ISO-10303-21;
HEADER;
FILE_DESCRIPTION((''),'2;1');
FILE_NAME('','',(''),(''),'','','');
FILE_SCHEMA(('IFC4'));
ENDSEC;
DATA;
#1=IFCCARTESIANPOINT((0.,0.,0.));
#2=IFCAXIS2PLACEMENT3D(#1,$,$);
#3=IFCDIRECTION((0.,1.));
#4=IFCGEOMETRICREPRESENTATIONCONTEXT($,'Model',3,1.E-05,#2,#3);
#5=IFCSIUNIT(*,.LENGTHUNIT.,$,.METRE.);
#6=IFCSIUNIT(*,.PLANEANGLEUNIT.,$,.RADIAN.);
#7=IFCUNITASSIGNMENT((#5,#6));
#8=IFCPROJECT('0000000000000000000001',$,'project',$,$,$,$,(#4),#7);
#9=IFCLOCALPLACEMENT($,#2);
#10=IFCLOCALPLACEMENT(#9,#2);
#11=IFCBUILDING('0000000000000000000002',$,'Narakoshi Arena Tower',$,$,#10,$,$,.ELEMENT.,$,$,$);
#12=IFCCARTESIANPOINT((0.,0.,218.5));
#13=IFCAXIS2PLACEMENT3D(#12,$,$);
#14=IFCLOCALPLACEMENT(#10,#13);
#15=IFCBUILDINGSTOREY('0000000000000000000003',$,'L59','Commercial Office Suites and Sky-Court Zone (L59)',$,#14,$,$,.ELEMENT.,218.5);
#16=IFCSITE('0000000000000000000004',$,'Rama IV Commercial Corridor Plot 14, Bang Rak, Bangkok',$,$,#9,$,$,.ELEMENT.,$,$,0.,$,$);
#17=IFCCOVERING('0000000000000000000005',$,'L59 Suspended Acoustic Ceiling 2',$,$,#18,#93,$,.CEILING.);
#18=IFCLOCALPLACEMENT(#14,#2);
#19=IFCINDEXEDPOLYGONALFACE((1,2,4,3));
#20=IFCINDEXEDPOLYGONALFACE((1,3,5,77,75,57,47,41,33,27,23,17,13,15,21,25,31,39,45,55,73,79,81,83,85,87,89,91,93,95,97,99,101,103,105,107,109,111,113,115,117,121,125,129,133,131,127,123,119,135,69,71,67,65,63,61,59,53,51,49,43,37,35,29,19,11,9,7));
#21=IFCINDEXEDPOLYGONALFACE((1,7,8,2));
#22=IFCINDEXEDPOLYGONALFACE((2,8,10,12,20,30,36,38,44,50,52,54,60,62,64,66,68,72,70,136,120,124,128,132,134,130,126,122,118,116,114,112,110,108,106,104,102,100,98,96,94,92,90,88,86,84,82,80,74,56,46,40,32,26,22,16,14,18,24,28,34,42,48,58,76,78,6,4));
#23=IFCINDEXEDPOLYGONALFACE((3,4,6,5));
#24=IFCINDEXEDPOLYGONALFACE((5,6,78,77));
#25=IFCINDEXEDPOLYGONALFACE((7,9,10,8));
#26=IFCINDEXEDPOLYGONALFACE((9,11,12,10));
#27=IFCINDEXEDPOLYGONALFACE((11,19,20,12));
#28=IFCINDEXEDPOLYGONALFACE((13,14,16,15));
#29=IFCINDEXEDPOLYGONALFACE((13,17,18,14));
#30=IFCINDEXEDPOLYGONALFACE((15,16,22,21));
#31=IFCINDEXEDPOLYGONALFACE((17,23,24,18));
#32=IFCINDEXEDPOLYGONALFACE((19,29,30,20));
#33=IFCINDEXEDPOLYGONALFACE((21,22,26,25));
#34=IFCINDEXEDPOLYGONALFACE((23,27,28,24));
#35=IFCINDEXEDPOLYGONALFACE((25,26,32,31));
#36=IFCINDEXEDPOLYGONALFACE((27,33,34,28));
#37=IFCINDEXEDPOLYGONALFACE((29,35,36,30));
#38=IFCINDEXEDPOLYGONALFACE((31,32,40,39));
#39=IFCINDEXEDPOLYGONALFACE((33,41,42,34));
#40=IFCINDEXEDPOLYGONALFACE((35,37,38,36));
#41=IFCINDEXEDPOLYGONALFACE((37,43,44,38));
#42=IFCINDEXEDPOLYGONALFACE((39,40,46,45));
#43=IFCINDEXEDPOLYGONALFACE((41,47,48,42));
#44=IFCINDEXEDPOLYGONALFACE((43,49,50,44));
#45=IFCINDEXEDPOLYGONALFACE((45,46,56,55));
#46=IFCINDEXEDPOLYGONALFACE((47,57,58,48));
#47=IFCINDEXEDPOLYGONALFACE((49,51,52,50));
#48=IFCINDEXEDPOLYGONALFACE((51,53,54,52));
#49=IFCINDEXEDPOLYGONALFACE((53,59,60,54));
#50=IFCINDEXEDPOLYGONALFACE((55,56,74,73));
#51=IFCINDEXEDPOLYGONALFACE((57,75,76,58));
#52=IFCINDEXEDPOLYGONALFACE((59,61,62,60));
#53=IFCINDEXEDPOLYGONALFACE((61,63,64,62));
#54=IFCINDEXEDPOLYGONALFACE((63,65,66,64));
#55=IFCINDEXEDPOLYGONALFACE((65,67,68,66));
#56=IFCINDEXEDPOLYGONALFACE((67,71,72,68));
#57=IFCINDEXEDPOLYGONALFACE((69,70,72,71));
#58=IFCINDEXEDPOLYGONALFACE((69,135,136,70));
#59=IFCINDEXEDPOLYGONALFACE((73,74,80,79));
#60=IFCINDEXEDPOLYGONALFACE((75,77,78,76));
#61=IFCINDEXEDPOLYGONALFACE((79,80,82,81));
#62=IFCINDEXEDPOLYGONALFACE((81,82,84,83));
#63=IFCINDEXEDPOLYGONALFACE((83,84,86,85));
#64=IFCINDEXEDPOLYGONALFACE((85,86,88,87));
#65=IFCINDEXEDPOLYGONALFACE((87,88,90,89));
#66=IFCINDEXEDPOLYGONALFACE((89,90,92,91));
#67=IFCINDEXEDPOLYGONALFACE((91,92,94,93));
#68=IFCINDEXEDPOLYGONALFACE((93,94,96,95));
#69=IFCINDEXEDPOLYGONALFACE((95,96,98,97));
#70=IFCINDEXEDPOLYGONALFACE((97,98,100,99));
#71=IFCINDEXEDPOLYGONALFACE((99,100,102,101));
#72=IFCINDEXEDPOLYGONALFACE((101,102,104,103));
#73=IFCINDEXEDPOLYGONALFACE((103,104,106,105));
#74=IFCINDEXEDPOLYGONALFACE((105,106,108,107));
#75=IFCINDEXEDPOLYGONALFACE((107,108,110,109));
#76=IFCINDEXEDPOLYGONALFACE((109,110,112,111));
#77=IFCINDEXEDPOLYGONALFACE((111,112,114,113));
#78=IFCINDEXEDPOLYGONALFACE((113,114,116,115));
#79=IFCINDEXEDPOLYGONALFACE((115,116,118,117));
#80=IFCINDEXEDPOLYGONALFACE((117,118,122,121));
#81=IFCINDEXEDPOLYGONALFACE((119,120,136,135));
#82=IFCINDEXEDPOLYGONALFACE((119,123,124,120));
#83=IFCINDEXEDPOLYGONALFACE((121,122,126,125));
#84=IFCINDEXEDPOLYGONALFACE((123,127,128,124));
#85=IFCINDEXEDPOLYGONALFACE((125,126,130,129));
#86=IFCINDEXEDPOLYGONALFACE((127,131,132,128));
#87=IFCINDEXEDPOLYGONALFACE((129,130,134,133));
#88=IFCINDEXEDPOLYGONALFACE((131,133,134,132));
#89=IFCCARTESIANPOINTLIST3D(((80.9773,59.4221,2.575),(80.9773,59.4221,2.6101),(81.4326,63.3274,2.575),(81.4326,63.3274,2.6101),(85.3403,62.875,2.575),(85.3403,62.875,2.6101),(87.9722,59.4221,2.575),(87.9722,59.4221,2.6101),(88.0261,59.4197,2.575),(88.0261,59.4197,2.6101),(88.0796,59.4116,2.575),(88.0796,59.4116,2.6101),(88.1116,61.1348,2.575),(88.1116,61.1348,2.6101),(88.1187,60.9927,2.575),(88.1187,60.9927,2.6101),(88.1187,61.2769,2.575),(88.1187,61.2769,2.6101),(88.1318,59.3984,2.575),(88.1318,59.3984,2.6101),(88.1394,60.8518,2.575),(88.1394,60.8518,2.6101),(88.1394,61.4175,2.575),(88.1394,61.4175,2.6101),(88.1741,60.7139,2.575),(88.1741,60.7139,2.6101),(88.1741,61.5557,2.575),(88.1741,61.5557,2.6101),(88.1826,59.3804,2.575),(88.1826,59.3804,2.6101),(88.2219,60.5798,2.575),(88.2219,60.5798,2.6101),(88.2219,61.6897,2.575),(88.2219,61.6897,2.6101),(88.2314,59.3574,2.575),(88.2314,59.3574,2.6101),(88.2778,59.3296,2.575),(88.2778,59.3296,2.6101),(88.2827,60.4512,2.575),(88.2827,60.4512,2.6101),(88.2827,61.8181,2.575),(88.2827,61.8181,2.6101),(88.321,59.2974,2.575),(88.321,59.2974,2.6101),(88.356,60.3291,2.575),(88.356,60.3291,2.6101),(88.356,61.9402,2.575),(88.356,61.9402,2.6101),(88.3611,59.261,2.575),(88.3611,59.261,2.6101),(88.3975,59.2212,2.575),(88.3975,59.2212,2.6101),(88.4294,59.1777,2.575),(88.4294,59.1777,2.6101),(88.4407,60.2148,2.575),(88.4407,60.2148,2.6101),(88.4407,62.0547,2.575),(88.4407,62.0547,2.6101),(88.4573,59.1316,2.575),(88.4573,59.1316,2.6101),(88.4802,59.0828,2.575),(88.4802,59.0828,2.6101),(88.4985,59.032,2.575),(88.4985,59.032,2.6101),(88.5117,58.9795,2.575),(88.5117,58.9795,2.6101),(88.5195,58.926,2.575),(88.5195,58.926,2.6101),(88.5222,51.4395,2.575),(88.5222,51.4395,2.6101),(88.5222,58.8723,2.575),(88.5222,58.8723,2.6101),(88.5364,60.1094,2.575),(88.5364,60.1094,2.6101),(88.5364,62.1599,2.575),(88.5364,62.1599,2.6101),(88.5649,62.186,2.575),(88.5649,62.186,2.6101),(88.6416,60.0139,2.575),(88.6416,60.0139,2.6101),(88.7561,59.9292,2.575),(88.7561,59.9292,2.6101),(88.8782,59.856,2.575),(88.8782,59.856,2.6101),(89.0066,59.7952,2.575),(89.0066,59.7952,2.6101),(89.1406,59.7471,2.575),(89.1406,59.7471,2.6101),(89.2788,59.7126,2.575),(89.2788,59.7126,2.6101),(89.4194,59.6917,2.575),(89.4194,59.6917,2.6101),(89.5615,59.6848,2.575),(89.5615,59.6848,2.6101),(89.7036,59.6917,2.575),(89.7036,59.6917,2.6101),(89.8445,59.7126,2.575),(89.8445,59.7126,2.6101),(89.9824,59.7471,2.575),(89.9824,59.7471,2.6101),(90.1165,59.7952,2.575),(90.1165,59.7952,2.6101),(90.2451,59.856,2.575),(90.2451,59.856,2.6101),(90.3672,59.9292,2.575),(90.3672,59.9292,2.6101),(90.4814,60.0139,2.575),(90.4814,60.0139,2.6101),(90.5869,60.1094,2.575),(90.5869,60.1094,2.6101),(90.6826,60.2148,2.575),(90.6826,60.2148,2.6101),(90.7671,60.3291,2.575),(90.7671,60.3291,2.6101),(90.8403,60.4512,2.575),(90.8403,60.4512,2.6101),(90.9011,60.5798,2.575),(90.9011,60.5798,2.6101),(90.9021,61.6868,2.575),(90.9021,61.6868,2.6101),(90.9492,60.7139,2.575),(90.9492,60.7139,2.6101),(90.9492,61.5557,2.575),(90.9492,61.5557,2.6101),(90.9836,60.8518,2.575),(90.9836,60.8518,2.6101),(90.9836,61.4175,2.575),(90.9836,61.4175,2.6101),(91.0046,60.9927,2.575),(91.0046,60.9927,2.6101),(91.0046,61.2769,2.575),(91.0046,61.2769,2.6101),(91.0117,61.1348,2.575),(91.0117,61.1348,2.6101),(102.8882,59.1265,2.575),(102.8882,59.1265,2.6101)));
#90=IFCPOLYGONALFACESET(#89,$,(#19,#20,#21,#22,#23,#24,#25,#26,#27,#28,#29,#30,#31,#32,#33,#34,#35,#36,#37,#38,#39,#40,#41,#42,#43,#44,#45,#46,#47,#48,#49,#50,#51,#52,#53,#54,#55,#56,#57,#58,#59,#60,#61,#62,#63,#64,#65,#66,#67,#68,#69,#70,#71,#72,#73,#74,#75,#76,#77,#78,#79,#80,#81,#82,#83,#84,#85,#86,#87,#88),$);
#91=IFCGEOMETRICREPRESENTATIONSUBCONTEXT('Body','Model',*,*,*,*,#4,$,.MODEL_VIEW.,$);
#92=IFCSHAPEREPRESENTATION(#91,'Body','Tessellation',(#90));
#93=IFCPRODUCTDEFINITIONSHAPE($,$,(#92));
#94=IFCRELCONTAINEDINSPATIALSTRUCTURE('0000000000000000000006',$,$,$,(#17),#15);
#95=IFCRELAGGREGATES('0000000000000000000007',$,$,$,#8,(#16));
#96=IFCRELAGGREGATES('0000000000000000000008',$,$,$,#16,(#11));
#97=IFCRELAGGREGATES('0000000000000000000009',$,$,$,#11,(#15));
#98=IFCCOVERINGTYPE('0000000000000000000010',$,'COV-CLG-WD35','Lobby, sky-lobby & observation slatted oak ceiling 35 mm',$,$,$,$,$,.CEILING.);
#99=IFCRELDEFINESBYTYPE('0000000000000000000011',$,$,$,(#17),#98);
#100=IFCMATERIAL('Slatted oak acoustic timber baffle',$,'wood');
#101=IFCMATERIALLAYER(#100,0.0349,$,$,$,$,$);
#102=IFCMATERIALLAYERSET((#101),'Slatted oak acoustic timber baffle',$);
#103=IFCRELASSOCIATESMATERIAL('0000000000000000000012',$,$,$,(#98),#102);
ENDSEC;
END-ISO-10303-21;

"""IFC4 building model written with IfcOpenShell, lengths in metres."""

from ifc_helpers import new_model, si_unit, direction, frame, origin, place, context, subcontext, project, spatial, polyline, outline, extrude, material, layer, layer_set, type_object, element, save


model = new_model("IFC4")

# Units and contexts
model_context = context("Model", 3, precision=1e-05, world=origin(), true_north=direction((0.0, 1.0)))
body_context = subcontext(model_context, "Body", "Model", "MODEL_VIEW")
ifc_project = project(units=[si_unit("LENGTHUNIT", "METRE"), si_unit("PLANEANGLEUNIT", "RADIAN")], contexts=[model_context])

# Site, building, storey
site_placement = place(None, origin())
site = spatial("IfcSite", under=ifc_project, at=site_placement, Name="Rama IV Commercial Corridor Plot 14, Bang Rak, Bangkok", CompositionType="ELEMENT", RefElevation=0.0)
building_placement = place(site_placement, origin())
building = spatial("IfcBuilding", under=site, at=building_placement, Name="Narakoshi Arena Tower", CompositionType="ELEMENT")
storey_placement = place(building_placement, frame((0.0, 0.0, 218.5)))
storey = spatial("IfcBuildingStorey", under=building, at=storey_placement, Name="L59", Description="Commercial Office Suites and Sky-Court Zone (L59)", CompositionType="ELEMENT", Elevation=218.5)

# Covering
ifc_material_1 = material(Name="Slatted oak acoustic timber baffle", Category="wood")
ifc_layer_1 = layer(ifc_material_1, 0.0349)
ifc_layer_set_1 = layer_set([ifc_layer_1], Name="Slatted oak acoustic timber baffle")
covering_type_1 = type_object("IfcCoveringType", Name="COV-CLG-WD35", Description="Lobby, sky-lobby & observation slatted oak ceiling 35 mm", PredefinedType="CEILING", material=ifc_layer_set_1)
covering_1_placement = place(storey_placement, frame((0.0, 0.0, 2.575)))
element("IfcCovering", 1, at=covering_1_placement, inside=storey, type_object=covering_type_1, Name="L59 Suspended Acoustic Ceiling 2", PredefinedType="CEILING", context=body_context, shape_type="SweptSolid", body=[
    extrude(outline(polyline([(88.5649, 62.186), (88.5364, 62.1599), (88.4407, 62.0547), (88.356, 61.9402), (88.2827, 61.8181), (88.2219, 61.6897), (88.1741, 61.5557), (88.1394, 61.4175), (88.1187, 61.2769), (88.1116, 61.1348), (88.1187, 60.9927), (88.1394, 60.8518), (88.1741, 60.7139), (88.2219, 60.5798), (88.2827, 60.4512), (88.356, 60.3291), (88.4407, 60.2148), (88.5364, 60.1094), (88.6416, 60.0139), (88.7561, 59.9292), (88.8782, 59.856), (89.0066, 59.7952), (89.1406, 59.7471), (89.2788, 59.7126), (89.4194, 59.6917), (89.5615, 59.6848), (89.7036, 59.6917), (89.8445, 59.7126), (89.9824, 59.7471), (90.1165, 59.7952), (90.2451, 59.856), (90.3672, 59.9292), (90.4814, 60.0139), (90.5869, 60.1094), (90.6826, 60.2148), (90.7671, 60.3291), (90.8403, 60.4512), (90.9011, 60.5798), (90.9492, 60.7139), (90.9836, 60.8518), (91.0046, 60.9927), (91.0117, 61.1348), (91.0046, 61.2769), (90.9836, 61.4175), (90.9492, 61.5557), (90.9021, 61.6868), (102.8882, 59.1265), (88.5222, 51.4395), (88.5222, 58.8723), (88.5195, 58.926), (88.5117, 58.9795), (88.4985, 59.032), (88.4802, 59.0828), (88.4573, 59.1316), (88.4294, 59.1777), (88.3975, 59.2212), (88.3611, 59.261), (88.321, 59.2974), (88.2778, 59.3296), (88.2314, 59.3574), (88.1826, 59.3804), (88.1318, 59.3984), (88.0796, 59.4116), (88.0261, 59.4197), (87.9722, 59.4221), (80.9773, 59.4221), (81.4326, 63.3274), (85.3403, 62.875), (88.5649, 62.186)])), origin(), (0.0, 0.0, 1.0), 0.0352),
])

save(model, "model.ifc")
